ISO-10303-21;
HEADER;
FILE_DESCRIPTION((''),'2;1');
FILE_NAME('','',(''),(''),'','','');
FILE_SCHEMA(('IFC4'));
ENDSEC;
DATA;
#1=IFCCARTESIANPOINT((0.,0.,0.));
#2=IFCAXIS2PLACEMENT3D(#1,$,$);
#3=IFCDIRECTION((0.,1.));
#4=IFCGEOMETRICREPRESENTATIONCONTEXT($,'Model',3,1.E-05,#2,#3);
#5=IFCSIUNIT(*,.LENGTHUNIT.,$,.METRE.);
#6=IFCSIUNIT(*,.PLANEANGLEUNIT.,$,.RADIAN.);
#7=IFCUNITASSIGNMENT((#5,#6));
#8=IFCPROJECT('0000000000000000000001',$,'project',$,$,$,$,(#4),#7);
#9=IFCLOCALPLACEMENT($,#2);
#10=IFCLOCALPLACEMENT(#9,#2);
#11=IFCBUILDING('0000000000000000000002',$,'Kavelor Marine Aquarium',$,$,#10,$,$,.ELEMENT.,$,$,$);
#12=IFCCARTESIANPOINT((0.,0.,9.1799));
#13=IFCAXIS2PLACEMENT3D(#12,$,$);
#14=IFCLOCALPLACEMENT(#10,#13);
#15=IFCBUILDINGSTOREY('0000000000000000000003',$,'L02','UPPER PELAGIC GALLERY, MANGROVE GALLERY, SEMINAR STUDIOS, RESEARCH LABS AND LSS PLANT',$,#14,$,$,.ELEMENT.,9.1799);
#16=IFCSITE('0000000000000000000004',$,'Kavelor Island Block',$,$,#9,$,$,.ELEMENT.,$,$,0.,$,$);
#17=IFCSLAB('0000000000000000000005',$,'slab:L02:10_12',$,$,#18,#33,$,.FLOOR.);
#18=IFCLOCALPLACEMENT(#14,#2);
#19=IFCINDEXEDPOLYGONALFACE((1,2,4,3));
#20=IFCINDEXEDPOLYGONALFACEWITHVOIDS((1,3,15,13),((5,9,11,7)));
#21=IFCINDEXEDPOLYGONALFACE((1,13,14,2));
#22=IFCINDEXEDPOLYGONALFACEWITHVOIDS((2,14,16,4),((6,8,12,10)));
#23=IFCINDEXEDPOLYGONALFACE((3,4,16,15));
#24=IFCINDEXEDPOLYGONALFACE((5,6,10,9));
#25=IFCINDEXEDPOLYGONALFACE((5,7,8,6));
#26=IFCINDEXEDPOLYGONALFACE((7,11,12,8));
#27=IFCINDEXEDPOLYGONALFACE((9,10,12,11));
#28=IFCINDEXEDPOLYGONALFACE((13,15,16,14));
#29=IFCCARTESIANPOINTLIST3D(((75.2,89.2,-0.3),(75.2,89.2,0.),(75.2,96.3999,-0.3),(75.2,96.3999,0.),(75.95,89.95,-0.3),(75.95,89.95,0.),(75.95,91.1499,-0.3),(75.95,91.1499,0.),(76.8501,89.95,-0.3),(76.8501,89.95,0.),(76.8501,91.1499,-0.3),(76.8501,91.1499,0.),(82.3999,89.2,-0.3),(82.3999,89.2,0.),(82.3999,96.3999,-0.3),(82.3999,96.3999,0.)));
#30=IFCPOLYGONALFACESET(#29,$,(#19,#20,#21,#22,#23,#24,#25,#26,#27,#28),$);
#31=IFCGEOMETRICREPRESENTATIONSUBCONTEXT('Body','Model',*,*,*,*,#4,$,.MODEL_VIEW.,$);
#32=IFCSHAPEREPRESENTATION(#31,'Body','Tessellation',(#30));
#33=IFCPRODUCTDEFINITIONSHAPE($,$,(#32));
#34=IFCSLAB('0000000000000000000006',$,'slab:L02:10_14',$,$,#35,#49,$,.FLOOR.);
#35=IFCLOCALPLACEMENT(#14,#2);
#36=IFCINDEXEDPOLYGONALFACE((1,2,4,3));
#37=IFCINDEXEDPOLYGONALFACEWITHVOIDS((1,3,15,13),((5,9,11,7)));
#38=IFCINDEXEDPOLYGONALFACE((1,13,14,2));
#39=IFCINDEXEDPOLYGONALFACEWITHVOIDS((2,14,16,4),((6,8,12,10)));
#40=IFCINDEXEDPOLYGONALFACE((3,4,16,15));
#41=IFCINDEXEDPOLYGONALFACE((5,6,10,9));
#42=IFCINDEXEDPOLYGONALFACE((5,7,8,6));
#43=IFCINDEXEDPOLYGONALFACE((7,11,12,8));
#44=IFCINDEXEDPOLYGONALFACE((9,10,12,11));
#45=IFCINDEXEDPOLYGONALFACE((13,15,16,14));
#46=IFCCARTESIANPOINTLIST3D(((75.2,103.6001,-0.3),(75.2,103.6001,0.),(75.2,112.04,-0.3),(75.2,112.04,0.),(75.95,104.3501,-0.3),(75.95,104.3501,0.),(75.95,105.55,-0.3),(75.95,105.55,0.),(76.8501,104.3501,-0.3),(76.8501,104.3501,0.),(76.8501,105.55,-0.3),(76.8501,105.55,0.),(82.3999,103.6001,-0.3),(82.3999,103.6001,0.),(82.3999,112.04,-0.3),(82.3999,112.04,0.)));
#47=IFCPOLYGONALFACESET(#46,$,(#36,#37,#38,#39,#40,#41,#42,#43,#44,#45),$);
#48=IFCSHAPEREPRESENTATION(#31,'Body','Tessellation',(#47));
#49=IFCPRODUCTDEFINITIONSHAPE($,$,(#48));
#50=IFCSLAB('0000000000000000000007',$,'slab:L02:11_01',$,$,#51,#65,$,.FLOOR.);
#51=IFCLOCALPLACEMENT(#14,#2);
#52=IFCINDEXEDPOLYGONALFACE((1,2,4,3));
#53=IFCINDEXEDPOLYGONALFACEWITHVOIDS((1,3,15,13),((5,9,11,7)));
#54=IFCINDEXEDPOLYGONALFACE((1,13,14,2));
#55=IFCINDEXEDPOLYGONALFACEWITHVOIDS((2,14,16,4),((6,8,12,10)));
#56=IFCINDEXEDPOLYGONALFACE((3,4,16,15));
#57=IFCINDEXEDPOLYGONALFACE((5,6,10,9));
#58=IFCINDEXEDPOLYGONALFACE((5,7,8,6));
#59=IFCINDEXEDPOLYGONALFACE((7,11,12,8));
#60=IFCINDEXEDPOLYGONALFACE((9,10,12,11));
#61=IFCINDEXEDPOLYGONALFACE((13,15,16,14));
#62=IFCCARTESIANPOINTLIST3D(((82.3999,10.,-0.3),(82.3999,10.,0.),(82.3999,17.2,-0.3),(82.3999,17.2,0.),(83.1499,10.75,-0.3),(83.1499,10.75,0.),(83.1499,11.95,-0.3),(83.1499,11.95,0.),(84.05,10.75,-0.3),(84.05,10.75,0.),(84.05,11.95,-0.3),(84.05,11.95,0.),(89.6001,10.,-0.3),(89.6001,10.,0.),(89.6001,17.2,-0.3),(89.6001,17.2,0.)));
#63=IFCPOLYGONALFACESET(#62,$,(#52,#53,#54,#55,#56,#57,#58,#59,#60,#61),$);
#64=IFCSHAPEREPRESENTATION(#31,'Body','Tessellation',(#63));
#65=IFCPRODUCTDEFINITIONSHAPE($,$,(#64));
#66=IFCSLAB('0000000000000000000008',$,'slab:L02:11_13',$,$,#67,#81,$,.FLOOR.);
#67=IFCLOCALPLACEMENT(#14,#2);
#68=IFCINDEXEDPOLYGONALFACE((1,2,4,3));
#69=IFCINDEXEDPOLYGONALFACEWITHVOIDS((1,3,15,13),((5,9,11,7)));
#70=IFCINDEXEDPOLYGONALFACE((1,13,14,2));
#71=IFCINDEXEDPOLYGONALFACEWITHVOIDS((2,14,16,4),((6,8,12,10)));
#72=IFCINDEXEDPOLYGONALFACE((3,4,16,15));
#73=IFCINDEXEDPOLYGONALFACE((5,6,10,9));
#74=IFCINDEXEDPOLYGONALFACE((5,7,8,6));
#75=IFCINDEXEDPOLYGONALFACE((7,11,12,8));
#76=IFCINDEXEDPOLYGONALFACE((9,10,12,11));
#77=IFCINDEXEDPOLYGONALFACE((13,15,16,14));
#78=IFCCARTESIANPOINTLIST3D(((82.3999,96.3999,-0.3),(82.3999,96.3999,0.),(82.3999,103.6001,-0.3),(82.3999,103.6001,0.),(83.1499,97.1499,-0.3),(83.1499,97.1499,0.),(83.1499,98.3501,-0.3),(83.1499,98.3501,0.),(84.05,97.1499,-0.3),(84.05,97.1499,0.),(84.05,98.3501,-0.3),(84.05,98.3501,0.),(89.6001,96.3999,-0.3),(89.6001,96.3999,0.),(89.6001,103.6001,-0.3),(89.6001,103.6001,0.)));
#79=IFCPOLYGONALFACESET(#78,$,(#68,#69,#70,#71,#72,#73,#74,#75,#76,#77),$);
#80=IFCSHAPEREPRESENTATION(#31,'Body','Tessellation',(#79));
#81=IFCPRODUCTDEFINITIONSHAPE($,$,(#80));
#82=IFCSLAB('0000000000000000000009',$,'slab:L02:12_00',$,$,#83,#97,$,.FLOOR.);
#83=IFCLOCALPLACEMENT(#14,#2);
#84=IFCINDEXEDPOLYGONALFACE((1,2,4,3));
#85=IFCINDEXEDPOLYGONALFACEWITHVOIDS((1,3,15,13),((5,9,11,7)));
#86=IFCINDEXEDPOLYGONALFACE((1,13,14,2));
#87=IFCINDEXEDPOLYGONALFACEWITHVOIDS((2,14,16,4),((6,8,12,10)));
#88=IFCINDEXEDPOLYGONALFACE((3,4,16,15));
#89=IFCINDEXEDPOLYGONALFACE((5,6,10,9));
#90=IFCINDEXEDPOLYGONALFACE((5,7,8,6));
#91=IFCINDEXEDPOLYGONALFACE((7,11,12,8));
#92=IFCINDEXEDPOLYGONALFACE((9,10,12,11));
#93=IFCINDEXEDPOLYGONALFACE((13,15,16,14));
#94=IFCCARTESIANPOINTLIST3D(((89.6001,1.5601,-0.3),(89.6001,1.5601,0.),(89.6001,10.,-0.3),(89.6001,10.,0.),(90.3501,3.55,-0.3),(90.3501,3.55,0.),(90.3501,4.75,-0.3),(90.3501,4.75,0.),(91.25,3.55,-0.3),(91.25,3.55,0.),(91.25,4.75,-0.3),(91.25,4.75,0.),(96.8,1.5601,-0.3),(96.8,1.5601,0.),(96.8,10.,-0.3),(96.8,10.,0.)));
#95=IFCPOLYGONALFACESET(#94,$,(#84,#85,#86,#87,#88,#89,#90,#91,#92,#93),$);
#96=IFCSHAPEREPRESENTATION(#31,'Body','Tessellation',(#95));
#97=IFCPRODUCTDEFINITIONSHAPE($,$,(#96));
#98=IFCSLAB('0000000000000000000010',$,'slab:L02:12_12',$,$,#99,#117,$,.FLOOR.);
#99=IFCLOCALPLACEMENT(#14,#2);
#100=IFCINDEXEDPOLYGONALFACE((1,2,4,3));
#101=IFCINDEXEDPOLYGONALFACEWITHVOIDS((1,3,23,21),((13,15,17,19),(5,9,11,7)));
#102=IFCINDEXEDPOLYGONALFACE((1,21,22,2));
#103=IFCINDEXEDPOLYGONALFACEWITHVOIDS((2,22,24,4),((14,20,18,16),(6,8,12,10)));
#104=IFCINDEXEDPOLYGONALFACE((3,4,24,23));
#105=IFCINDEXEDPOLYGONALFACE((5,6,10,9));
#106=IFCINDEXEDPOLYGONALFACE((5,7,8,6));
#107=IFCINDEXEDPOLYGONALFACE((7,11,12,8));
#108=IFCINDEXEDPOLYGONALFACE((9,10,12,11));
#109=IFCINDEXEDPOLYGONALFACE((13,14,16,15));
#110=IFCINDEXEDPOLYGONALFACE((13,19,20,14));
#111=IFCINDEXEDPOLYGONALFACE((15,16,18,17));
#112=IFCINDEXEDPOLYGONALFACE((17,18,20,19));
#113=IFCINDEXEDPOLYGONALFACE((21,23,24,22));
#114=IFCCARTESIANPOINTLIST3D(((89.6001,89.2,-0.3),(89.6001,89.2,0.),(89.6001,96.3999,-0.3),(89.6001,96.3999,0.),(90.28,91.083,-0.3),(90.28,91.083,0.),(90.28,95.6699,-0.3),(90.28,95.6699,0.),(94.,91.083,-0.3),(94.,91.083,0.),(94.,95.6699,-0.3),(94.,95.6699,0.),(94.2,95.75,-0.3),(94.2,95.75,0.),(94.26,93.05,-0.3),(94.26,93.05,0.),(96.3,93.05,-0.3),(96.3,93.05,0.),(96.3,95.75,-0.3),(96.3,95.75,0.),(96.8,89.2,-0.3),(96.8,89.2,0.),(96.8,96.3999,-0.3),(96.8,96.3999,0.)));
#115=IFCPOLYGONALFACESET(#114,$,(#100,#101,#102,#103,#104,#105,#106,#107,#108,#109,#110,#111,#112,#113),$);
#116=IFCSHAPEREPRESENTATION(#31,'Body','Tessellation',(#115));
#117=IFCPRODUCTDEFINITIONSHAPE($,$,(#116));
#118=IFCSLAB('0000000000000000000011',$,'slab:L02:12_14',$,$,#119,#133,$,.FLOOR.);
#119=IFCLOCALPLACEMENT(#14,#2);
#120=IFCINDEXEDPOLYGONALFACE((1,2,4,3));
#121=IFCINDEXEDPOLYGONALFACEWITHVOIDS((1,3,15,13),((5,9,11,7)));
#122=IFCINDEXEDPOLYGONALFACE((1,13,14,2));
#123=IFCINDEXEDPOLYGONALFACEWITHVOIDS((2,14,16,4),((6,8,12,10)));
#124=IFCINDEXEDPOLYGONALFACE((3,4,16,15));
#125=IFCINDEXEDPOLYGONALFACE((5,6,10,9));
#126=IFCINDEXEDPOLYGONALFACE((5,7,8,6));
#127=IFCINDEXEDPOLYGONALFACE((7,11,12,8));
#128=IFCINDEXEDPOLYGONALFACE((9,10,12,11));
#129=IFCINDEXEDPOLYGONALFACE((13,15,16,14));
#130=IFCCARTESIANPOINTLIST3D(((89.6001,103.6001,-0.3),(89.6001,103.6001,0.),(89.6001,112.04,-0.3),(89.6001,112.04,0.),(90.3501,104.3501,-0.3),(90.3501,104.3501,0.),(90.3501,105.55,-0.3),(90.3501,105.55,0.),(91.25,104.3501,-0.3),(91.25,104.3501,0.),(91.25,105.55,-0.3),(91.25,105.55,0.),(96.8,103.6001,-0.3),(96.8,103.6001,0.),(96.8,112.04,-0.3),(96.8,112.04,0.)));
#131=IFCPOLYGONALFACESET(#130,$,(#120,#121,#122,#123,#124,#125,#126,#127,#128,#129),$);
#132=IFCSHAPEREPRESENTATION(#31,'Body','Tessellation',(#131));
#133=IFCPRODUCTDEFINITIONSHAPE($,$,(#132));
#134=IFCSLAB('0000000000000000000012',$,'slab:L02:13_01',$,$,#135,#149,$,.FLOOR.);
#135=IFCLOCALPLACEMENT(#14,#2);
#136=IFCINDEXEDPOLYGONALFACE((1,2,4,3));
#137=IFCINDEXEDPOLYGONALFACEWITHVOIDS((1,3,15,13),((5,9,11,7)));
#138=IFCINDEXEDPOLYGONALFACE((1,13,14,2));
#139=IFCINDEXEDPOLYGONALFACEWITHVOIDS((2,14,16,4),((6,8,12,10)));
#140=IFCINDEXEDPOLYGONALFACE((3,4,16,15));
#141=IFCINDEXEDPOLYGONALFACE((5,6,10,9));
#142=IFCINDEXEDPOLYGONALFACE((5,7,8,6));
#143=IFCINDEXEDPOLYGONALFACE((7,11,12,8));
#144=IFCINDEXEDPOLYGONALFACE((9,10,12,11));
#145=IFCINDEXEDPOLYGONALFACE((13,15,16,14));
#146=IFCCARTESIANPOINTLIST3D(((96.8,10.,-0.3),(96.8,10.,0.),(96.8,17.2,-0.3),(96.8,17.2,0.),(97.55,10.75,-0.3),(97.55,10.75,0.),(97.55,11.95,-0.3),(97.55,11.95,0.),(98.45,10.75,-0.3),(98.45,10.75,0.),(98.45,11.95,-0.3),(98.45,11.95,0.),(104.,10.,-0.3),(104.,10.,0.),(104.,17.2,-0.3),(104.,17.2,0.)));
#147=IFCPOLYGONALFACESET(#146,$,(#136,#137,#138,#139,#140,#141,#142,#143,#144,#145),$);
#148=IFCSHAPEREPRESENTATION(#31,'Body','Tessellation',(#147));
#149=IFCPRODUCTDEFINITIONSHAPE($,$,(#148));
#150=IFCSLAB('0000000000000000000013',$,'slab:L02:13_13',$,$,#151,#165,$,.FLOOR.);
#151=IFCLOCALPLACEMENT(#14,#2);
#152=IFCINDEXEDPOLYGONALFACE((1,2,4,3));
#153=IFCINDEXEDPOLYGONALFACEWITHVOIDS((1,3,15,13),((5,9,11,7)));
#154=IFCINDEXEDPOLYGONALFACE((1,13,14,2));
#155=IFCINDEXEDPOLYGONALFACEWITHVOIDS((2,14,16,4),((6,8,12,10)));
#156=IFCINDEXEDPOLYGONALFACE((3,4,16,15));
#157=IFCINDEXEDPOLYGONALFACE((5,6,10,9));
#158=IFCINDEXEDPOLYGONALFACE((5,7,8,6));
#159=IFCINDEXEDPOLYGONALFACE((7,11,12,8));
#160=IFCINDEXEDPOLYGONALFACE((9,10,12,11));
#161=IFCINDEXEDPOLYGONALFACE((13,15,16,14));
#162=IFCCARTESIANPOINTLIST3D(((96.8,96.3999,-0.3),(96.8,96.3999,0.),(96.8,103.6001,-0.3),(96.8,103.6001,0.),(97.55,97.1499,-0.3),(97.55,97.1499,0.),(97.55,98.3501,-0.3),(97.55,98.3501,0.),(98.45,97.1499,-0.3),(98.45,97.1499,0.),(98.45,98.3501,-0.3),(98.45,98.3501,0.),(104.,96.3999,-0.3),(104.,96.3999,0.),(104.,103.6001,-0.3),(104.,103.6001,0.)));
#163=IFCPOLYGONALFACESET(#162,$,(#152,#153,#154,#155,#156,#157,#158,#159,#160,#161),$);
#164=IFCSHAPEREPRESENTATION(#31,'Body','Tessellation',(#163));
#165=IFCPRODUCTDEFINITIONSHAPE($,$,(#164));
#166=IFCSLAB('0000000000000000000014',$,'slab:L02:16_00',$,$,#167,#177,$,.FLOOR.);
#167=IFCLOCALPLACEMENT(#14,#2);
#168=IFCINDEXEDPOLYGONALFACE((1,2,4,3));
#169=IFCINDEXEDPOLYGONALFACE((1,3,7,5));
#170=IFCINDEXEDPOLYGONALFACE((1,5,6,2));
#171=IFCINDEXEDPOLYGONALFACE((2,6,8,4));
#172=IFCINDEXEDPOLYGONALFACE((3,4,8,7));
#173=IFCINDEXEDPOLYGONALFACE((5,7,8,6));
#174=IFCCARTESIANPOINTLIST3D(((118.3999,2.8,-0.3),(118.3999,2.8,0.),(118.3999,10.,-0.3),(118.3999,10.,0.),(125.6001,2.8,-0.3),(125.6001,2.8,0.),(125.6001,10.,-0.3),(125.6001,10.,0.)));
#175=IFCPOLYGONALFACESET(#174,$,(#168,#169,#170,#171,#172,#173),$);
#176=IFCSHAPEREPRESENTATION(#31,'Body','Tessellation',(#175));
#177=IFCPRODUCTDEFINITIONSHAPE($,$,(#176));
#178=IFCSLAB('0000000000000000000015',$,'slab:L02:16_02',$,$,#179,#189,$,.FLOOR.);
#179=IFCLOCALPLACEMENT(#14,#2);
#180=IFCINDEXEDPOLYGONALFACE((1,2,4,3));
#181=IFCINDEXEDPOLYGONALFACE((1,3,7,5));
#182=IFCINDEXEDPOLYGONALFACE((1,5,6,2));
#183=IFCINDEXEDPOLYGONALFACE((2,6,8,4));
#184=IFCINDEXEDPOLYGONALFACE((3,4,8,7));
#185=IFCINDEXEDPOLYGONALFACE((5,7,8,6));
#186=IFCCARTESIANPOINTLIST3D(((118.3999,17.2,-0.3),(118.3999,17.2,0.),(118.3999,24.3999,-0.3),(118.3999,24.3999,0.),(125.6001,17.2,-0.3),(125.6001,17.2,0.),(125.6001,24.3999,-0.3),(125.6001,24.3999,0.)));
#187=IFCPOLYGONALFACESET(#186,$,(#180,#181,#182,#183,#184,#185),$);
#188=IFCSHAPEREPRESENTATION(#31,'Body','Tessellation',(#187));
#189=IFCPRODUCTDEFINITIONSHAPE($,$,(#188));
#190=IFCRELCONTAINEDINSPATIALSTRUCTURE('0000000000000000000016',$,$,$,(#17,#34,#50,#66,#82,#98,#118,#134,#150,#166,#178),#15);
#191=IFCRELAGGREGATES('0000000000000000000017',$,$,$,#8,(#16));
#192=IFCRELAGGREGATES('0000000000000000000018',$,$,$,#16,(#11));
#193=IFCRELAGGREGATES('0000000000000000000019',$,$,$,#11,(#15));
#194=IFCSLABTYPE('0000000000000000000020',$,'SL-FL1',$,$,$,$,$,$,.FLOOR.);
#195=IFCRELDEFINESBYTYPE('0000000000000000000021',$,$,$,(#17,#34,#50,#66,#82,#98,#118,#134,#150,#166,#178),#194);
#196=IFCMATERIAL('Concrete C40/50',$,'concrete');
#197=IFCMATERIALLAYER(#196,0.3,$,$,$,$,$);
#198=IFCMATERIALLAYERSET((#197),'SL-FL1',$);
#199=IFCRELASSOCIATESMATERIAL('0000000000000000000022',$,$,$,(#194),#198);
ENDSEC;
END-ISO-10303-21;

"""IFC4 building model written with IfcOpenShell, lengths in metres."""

from ifc_helpers import new_model, si_unit, direction, frame, origin, place, context, subcontext, project, spatial, polyline, outline, extrude, material, layer, layer_set, type_object, element, save


model = new_model("IFC4")

# Units and contexts
model_context = context("Model", 3, precision=1e-05, world=origin(), true_north=direction((0.0, 1.0)))
body_context = subcontext(model_context, "Body", "Model", "MODEL_VIEW")
ifc_project = project(units=[si_unit("LENGTHUNIT", "METRE"), si_unit("PLANEANGLEUNIT", "RADIAN")], contexts=[model_context])

# Site, building, storey
site_placement = place(None, origin())
site = spatial("IfcSite", under=ifc_project, at=site_placement, Name="Kavelor Island Block", CompositionType="ELEMENT", RefElevation=0.0)
building_placement = place(site_placement, origin())
building = spatial("IfcBuilding", under=site, at=building_placement, Name="Kavelor Marine Aquarium", CompositionType="ELEMENT")
storey_placement = place(building_placement, frame((0.0, 0.0, 9.1799)))
storey = spatial("IfcBuildingStorey", under=building, at=storey_placement, Name="L02", Description="UPPER PELAGIC GALLERY, MANGROVE GALLERY, SEMINAR STUDIOS, RESEARCH LABS AND LSS PLANT", CompositionType="ELEMENT", Elevation=9.1799)

# Slabs
ifc_material = material(Name="Concrete C40/50", Category="concrete")
ifc_layer = layer(ifc_material, 0.3)
ifc_layer_set = layer_set([ifc_layer], Name="SL-FL1")
slab_type = type_object("IfcSlabType", Name="SL-FL1", PredefinedType="FLOOR", material=ifc_layer_set)
slab_1_placement = place(storey_placement, frame((0.0, 0.0, -0.3)))
element("IfcSlab", 1, at=slab_1_placement, inside=storey, type_object=slab_type, Name="slab:L02:10_12", PredefinedType="FLOOR", context=body_context, shape_type="SweptSolid", body=[
    extrude(outline(polyline([(75.2, 89.2), (82.3999, 89.2), (82.3999, 96.3999), (75.2, 96.3999), (75.2, 89.2)]), holes=[polyline([(75.95, 89.95), (76.8501, 89.95), (76.8501, 91.1499), (75.95, 91.1499), (75.95, 89.95)])]), origin(), (0.0, 0.0, 1.0), 0.3),
])
slab_2_placement = place(storey_placement, frame((0.0, 0.0, -0.3)))
element("IfcSlab", 2, at=slab_2_placement, inside=storey, type_object=slab_type, Name="slab:L02:10_14", PredefinedType="FLOOR", context=body_context, shape_type="SweptSolid", body=[
    extrude(outline(polyline([(75.2, 103.6001), (82.3999, 103.6001), (82.3999, 112.04), (75.2, 112.04), (75.2, 103.6001)]), holes=[polyline([(75.95, 104.3501), (76.8501, 104.3501), (76.8501, 105.55), (75.95, 105.55), (75.95, 104.3501)])]), origin(), (0.0, 0.0, 1.0), 0.3),
])
slab_3_placement = place(storey_placement, frame((0.0, 0.0, -0.3)))
element("IfcSlab", 3, at=slab_3_placement, inside=storey, type_object=slab_type, Name="slab:L02:11_01", PredefinedType="FLOOR", context=body_context, shape_type="SweptSolid", body=[
    extrude(outline(polyline([(82.3999, 10.0), (89.6001, 10.0), (89.6001, 17.2), (82.3999, 17.2), (82.3999, 10.0)]), holes=[polyline([(83.1499, 10.75), (84.05, 10.75), (84.05, 11.95), (83.1499, 11.95), (83.1499, 10.75)])]), origin(), (0.0, 0.0, 1.0), 0.3),
])
slab_4_placement = place(storey_placement, frame((0.0, 0.0, -0.3)))
element("IfcSlab", 4, at=slab_4_placement, inside=storey, type_object=slab_type, Name="slab:L02:11_13", PredefinedType="FLOOR", context=body_context, shape_type="SweptSolid", body=[
    extrude(outline(polyline([(82.3999, 96.3999), (89.6001, 96.3999), (89.6001, 103.6001), (82.3999, 103.6001), (82.3999, 96.3999)]), holes=[polyline([(83.1499, 97.1499), (84.05, 97.1499), (84.05, 98.3501), (83.1499, 98.3501), (83.1499, 97.1499)])]), origin(), (0.0, 0.0, 1.0), 0.3),
])
slab_5_placement = place(storey_placement, frame((0.0, 0.0, -0.3)))
element("IfcSlab", 5, at=slab_5_placement, inside=storey, type_object=slab_type, Name="slab:L02:12_00", PredefinedType="FLOOR", context=body_context, shape_type="SweptSolid", body=[
    extrude(outline(polyline([(89.6001, 1.5601), (96.8, 1.5601), (96.8, 10.0), (89.6001, 10.0), (89.6001, 1.5601)]), holes=[polyline([(90.3501, 3.55), (91.25, 3.55), (91.25, 4.75), (90.3501, 4.75), (90.3501, 3.55)])]), origin(), (0.0, 0.0, 1.0), 0.3),
])
slab_6_placement = place(storey_placement, frame((0.0, 0.0, -0.3)))
element("IfcSlab", 6, at=slab_6_placement, inside=storey, type_object=slab_type, Name="slab:L02:12_12", PredefinedType="FLOOR", context=body_context, shape_type="SweptSolid", body=[
    extrude(outline(polyline([(89.6001, 89.2), (96.8, 89.2), (96.8, 96.3999), (89.6001, 96.3999), (89.6001, 89.2)]), holes=[polyline([(90.28, 91.083), (94.0, 91.083), (94.0, 95.6699), (90.28, 95.6699), (90.28, 91.083)]), polyline([(94.26, 93.05), (96.3, 93.05), (96.3, 95.75), (94.2, 95.75), (94.26, 93.05)])]), origin(), (0.0, 0.0, 1.0), 0.3),
])
slab_7_placement = place(storey_placement, frame((0.0, 0.0, -0.3)))
element("IfcSlab", 7, at=slab_7_placement, inside=storey, type_object=slab_type, Name="slab:L02:12_14", PredefinedType="FLOOR", context=body_context, shape_type="SweptSolid", body=[
    extrude(outline(polyline([(89.6001, 103.6001), (96.8, 103.6001), (96.8, 112.04), (89.6001, 112.04), (89.6001, 103.6001)]), holes=[polyline([(90.3501, 104.3501), (91.25, 104.3501), (91.25, 105.55), (90.3501, 105.55), (90.3501, 104.3501)])]), origin(), (0.0, 0.0, 1.0), 0.3),
])
slab_8_placement = place(storey_placement, frame((0.0, 0.0, -0.3)))
element("IfcSlab", 8, at=slab_8_placement, inside=storey, type_object=slab_type, Name="slab:L02:13_01", PredefinedType="FLOOR", context=body_context, shape_type="SweptSolid", body=[
    extrude(outline(polyline([(96.8, 10.0), (104.0, 10.0), (104.0, 17.2), (96.8, 17.2), (96.8, 10.0)]), holes=[polyline([(97.55, 10.75), (98.45, 10.75), (98.45, 11.95), (97.55, 11.95), (97.55, 10.75)])]), origin(), (0.0, 0.0, 1.0), 0.3),
])
slab_9_placement = place(storey_placement, frame((0.0, 0.0, -0.3)))
element("IfcSlab", 9, at=slab_9_placement, inside=storey, type_object=slab_type, Name="slab:L02:13_13", PredefinedType="FLOOR", context=body_context, shape_type="SweptSolid", body=[
    extrude(outline(polyline([(96.8, 96.3999), (104.0, 96.3999), (104.0, 103.6001), (96.8, 103.6001), (96.8, 96.3999)]), holes=[polyline([(97.55, 97.1499), (98.45, 97.1499), (98.45, 98.3501), (97.55, 98.3501), (97.55, 97.1499)])]), origin(), (0.0, 0.0, 1.0), 0.3),
])
slab_10_placement = place(storey_placement, frame((0.0, 0.0, -0.3)))
element("IfcSlab", 10, at=slab_10_placement, inside=storey, type_object=slab_type, Name="slab:L02:16_00", PredefinedType="FLOOR", context=body_context, shape_type="SweptSolid", body=[
    extrude(outline(polyline([(118.3999, 2.8), (125.6001, 2.8), (125.6001, 10.0), (118.3999, 10.0), (118.3999, 2.8)])), origin(), (0.0, 0.0, 1.0), 0.3),
])
slab_11_placement = place(storey_placement, frame((0.0, 0.0, -0.3)))
element("IfcSlab", 11, at=slab_11_placement, inside=storey, type_object=slab_type, Name="slab:L02:16_02", PredefinedType="FLOOR", context=body_context, shape_type="SweptSolid", body=[
    extrude(outline(polyline([(118.3999, 17.2), (125.6001, 17.2), (125.6001, 24.3999), (118.3999, 24.3999), (118.3999, 17.2)])), origin(), (0.0, 0.0, 1.0), 0.3),
])

save(model, "model.ifc")
